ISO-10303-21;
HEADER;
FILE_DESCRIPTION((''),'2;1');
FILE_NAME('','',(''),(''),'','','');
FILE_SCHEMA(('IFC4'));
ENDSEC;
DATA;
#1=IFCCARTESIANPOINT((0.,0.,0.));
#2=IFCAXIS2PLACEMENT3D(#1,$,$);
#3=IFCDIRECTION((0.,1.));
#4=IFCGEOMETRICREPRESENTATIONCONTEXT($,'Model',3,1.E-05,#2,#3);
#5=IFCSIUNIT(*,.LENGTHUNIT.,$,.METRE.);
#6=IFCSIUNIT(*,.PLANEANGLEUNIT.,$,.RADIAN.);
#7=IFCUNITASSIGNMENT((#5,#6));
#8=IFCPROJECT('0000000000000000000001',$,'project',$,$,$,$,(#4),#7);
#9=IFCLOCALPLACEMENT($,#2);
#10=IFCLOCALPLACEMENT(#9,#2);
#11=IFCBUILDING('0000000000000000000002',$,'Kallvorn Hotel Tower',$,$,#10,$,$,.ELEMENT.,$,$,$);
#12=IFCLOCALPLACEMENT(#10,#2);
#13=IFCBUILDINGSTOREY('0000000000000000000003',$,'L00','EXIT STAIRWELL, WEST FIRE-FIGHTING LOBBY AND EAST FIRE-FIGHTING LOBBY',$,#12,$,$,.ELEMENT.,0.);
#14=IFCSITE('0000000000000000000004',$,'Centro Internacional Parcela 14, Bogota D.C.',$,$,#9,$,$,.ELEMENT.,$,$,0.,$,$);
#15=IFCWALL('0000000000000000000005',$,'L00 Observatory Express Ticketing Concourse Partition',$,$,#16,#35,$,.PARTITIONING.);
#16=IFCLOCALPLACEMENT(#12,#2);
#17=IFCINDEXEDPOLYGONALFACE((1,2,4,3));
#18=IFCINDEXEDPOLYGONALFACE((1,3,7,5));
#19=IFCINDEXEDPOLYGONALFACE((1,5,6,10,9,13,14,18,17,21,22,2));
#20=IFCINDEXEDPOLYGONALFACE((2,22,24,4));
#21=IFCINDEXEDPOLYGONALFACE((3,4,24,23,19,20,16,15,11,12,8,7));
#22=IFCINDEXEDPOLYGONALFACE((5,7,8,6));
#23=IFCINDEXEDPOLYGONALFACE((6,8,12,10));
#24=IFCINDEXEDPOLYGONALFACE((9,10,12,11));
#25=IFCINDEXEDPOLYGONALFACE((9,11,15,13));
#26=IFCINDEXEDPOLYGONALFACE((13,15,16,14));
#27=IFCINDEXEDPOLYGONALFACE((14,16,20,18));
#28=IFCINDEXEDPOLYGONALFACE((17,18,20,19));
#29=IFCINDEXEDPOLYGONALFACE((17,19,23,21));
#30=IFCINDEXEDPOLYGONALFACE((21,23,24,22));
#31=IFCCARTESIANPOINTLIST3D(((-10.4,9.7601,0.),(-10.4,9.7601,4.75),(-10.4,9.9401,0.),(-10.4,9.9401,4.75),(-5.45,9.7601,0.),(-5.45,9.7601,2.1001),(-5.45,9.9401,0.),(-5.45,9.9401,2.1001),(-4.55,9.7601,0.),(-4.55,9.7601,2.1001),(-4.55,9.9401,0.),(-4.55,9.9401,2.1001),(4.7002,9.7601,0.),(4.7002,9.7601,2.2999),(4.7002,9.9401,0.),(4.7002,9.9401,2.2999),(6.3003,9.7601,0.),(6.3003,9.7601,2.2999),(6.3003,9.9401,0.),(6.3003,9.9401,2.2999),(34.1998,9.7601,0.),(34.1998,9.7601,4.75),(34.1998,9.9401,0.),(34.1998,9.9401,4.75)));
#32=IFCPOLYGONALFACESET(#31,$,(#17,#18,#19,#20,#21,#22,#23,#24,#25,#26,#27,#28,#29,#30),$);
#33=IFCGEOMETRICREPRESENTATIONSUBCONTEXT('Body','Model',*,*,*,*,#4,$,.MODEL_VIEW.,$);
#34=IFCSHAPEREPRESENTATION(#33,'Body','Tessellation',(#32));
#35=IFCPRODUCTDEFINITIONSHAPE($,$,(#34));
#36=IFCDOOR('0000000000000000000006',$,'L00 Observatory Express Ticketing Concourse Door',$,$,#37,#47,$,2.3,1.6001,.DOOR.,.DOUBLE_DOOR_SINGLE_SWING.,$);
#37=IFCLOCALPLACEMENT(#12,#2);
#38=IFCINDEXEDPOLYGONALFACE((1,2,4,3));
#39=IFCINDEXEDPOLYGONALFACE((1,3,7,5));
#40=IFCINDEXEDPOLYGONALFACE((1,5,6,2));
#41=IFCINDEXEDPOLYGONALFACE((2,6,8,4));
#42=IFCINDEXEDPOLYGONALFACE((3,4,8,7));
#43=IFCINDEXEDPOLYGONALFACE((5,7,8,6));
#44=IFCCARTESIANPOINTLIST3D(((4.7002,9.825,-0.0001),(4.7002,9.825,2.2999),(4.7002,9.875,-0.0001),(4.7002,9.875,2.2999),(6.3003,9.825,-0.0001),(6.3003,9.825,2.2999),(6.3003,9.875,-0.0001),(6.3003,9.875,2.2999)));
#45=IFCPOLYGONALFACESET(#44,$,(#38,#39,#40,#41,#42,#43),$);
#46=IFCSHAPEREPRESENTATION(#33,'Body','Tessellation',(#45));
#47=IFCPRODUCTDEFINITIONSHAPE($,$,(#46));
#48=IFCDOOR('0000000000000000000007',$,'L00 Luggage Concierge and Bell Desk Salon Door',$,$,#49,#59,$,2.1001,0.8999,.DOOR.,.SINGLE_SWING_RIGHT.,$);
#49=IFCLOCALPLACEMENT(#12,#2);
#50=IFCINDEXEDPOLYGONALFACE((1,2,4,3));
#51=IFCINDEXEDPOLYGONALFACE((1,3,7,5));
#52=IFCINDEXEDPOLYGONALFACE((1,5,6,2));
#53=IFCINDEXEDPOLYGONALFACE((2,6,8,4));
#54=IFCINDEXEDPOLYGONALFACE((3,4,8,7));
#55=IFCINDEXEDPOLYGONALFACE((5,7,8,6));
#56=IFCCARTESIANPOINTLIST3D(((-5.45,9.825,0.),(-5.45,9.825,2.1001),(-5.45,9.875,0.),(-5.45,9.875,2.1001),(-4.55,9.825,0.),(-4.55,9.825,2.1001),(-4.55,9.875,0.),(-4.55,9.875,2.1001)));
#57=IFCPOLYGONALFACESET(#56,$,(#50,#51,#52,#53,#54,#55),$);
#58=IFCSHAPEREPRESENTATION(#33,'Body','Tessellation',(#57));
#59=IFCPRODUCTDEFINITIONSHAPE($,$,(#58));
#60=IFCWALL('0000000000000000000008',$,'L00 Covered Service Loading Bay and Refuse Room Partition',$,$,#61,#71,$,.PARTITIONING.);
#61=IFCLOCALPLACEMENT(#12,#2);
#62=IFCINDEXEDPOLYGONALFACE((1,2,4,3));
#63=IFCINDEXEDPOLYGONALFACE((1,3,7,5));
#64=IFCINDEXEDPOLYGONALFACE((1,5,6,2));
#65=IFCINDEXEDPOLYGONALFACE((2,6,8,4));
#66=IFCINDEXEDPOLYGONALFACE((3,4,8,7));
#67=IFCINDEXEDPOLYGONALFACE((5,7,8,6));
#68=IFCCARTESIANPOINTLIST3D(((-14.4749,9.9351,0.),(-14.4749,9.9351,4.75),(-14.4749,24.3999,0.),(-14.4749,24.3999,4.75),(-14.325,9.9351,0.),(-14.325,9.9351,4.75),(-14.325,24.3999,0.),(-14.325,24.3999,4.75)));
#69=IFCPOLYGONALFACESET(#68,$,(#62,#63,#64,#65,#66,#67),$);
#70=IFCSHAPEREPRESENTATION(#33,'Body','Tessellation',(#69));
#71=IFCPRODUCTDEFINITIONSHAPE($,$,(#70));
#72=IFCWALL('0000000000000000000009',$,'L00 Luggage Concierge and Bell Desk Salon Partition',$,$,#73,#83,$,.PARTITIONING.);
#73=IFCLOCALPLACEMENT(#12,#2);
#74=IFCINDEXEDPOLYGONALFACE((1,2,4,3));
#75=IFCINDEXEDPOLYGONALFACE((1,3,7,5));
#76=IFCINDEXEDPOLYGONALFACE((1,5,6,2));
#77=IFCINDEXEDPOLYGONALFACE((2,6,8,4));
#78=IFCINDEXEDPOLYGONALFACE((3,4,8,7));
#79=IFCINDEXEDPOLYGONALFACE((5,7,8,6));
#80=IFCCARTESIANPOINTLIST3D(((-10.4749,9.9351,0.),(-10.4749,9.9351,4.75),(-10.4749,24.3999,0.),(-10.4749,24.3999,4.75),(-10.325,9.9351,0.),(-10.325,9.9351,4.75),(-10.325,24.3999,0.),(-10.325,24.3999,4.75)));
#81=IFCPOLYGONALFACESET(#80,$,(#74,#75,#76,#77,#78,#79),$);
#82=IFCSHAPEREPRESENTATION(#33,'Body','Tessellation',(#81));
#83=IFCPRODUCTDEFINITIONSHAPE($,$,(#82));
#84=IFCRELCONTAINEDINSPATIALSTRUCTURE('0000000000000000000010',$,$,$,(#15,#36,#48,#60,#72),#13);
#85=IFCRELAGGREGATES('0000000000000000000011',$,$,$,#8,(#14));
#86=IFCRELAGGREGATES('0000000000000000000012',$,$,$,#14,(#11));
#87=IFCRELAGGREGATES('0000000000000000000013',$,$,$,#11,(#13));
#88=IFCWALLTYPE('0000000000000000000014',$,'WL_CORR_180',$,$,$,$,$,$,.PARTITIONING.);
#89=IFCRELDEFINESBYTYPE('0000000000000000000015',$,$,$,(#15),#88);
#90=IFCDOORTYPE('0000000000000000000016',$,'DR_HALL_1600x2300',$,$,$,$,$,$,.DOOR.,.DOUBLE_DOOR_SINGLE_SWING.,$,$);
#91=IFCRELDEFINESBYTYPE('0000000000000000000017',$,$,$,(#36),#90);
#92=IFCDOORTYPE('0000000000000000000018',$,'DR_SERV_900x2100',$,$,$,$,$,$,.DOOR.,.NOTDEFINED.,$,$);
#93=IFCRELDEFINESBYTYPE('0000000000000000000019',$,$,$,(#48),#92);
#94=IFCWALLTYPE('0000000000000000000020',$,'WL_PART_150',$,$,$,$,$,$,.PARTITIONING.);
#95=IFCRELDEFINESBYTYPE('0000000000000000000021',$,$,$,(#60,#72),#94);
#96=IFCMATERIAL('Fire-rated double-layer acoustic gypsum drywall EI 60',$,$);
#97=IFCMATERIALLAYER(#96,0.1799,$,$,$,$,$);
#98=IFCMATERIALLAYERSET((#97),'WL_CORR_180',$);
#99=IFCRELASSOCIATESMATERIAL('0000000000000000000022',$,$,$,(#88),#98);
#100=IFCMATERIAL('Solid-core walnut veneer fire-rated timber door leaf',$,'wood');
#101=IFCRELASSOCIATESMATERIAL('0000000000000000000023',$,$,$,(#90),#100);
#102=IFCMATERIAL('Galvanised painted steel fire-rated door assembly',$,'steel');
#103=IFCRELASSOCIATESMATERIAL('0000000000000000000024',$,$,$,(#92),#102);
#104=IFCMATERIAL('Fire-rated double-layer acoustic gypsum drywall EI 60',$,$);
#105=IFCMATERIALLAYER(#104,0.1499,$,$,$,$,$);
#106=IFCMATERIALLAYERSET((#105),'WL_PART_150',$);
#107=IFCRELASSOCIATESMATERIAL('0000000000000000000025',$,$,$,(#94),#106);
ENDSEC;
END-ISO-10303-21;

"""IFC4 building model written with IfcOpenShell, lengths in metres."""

from ifc_helpers import new_model, si_unit, direction, frame, frame_2d, origin, place, context, subcontext, project, spatial, rectangle, extrude, material, layer, layer_set, type_object, element, fill, save


model = new_model("IFC4")

# Units and contexts
model_context = context("Model", 3, precision=1e-05, world=origin(), true_north=direction((0.0, 1.0)))
body_context = subcontext(model_context, "Body", "Model", "MODEL_VIEW")
ifc_project = project(units=[si_unit("LENGTHUNIT", "METRE"), si_unit("PLANEANGLEUNIT", "RADIAN")], contexts=[model_context])

# Site, building, storey
site_placement = place(None, origin())
site = spatial("IfcSite", under=ifc_project, at=site_placement, Name="Centro Internacional Parcela 14, Bogota D.C.", CompositionType="ELEMENT", RefElevation=0.0)
building_placement = place(site_placement, origin())
building = spatial("IfcBuilding", under=site, at=building_placement, Name="Kallvorn Hotel Tower", CompositionType="ELEMENT")
storey_placement = place(building_placement, origin())
storey = spatial("IfcBuildingStorey", under=building, at=storey_placement, Name="L00", Description="EXIT STAIRWELL, WEST FIRE-FIGHTING LOBBY AND EAST FIRE-FIGHTING LOBBY", CompositionType="ELEMENT", Elevation=0.0)

# Wall, openings, doors
ifc_material_1 = material(Name="Fire-rated double-layer acoustic gypsum drywall EI 60")
ifc_layer_1 = layer(ifc_material_1, 0.1799)
ifc_layer_set_1 = layer_set([ifc_layer_1], Name="WL_CORR_180")
wall_type_1 = type_object("IfcWallType", Name="WL_CORR_180", PredefinedType="PARTITIONING", material=ifc_layer_set_1)
wall_placement = place(storey_placement, frame((-10.3999, 9.8501, 0.0), z_axis=(0.0, 0.0, 1.0), x_axis=(1.0, 0.0, 0.0)))
wall = element("IfcWall", 1, at=wall_placement, inside=storey, type_object=wall_type_1, Name="L00 Observatory Express Ticketing Concourse Partition", PredefinedType="PARTITIONING", context=body_context, shape_type="SweptSolid", body=[
    extrude(rectangle(XDim=44.5999, YDim=0.1799, at=frame_2d((22.2998, 0.0))), origin(), (0.0, 0.0, 1.0), 4.75),
])
opening_1_placement = place(wall_placement, frame((15.1001, 0.0, 0.0)))
opening_1 = element("IfcOpeningElement", 2, at=opening_1_placement, cuts=wall, PredefinedType="OPENING", context=body_context, shape_type="SweptSolid", body=[
    extrude(rectangle(XDim=1.6001, YDim=2.3, at=frame_2d((0.8, 1.1499))), frame((0.0, 0.1047, 0.0), z_axis=(0.0, -1.0, 0.0), x_axis=(1.0, 0.0, 0.0)), (0.0, 0.0, 1.0), 0.21),
])
opening_2_placement = place(wall_placement, frame((4.95, 0.0, 0.0)))
opening_2 = element("IfcOpeningElement", 3, at=opening_2_placement, cuts=wall, PredefinedType="OPENING", context=body_context, shape_type="SweptSolid", body=[
    extrude(rectangle(XDim=0.8999, YDim=2.1001, at=frame_2d((0.45, 1.05))), frame((0.0, 0.1047, 0.0), z_axis=(0.0, -1.0, 0.0), x_axis=(1.0, 0.0, 0.0)), (0.0, 0.0, 1.0), 0.21),
])
ifc_material_2 = material(Name="Solid-core walnut veneer fire-rated timber door leaf", Category="wood")
door_type_1 = type_object("IfcDoorType", Name="DR_HALL_1600x2300", OperationType="DOUBLE_DOOR_SINGLE_SWING", PredefinedType="DOOR", material=ifc_material_2)
door_1_placement = place(opening_1_placement, origin())
door_1 = element("IfcDoor", 4, at=door_1_placement, inside=storey, type_object=door_type_1, Name="L00 Observatory Express Ticketing Concourse Door", OperationType="DOUBLE_DOOR_SINGLE_SWING", OverallHeight=2.3, OverallWidth=1.6001, PredefinedType="DOOR", context=body_context, shape_type="SweptSolid", body=[
    extrude(rectangle(XDim=1.6001, YDim=2.3, at=frame_2d((0.8, 1.1499))), frame((0.0, 0.0249, 0.0), z_axis=(0.0, -1.0, 0.0), x_axis=(1.0, 0.0, 0.0)), (0.0, 0.0, 1.0), 0.05),
])
fill(opening_1, door_1)
ifc_material_3 = material(Name="Galvanised painted steel fire-rated door assembly", Category="steel")
door_type_2 = type_object("IfcDoorType", Name="DR_SERV_900x2100", OperationType="NOTDEFINED", PredefinedType="DOOR", material=ifc_material_3)
door_2_placement = place(opening_2_placement, origin())
door_2 = element("IfcDoor", 5, at=door_2_placement, inside=storey, type_object=door_type_2, Name="L00 Luggage Concierge and Bell Desk Salon Door", OperationType="SINGLE_SWING_RIGHT", OverallHeight=2.1001, OverallWidth=0.8999, PredefinedType="DOOR", context=body_context, shape_type="SweptSolid", body=[
    extrude(rectangle(XDim=0.8999, YDim=2.1001, at=frame_2d((0.45, 1.05))), frame((0.0, 0.0249, 0.0), z_axis=(0.0, -1.0, 0.0), x_axis=(1.0, 0.0, 0.0)), (0.0, 0.0, 1.0), 0.05),
])
fill(opening_2, door_2)

# Walls
ifc_material_4 = material(Name="Fire-rated double-layer acoustic gypsum drywall EI 60")
ifc_layer_2 = layer(ifc_material_4, 0.1499)
ifc_layer_set_2 = layer_set([ifc_layer_2], Name="WL_PART_150")
wall_type_2 = type_object("IfcWallType", Name="WL_PART_150", PredefinedType="PARTITIONING", material=ifc_layer_set_2)
for number, where, z_axis, x_axis, name in (
    (6, (-14.3999, 9.9351, 0.0), (0.0, 0.0, 1.0), (0.0, 1.0, 0.0), "L00 Covered Service Loading Bay and Refuse Room Partition"),
    (7, (-10.3999, 9.9351, 0.0), (0.0, 0.0, 1.0), (0.0, 1.0, 0.0), "L00 Luggage Concierge and Bell Desk Salon Partition"),
):
    element("IfcWall", number, at=place(storey_placement, frame(where, z_axis=z_axis, x_axis=x_axis)), inside=storey, type_object=wall_type_2, Name=name, PredefinedType="PARTITIONING", context=body_context, shape_type="SweptSolid", body=[
        extrude(rectangle(XDim=14.4648, YDim=0.1499, at=frame_2d((7.2324, 0.0))), origin(), (0.0, 0.0, 1.0), 4.75),
    ])

save(model, "model.ifc")
